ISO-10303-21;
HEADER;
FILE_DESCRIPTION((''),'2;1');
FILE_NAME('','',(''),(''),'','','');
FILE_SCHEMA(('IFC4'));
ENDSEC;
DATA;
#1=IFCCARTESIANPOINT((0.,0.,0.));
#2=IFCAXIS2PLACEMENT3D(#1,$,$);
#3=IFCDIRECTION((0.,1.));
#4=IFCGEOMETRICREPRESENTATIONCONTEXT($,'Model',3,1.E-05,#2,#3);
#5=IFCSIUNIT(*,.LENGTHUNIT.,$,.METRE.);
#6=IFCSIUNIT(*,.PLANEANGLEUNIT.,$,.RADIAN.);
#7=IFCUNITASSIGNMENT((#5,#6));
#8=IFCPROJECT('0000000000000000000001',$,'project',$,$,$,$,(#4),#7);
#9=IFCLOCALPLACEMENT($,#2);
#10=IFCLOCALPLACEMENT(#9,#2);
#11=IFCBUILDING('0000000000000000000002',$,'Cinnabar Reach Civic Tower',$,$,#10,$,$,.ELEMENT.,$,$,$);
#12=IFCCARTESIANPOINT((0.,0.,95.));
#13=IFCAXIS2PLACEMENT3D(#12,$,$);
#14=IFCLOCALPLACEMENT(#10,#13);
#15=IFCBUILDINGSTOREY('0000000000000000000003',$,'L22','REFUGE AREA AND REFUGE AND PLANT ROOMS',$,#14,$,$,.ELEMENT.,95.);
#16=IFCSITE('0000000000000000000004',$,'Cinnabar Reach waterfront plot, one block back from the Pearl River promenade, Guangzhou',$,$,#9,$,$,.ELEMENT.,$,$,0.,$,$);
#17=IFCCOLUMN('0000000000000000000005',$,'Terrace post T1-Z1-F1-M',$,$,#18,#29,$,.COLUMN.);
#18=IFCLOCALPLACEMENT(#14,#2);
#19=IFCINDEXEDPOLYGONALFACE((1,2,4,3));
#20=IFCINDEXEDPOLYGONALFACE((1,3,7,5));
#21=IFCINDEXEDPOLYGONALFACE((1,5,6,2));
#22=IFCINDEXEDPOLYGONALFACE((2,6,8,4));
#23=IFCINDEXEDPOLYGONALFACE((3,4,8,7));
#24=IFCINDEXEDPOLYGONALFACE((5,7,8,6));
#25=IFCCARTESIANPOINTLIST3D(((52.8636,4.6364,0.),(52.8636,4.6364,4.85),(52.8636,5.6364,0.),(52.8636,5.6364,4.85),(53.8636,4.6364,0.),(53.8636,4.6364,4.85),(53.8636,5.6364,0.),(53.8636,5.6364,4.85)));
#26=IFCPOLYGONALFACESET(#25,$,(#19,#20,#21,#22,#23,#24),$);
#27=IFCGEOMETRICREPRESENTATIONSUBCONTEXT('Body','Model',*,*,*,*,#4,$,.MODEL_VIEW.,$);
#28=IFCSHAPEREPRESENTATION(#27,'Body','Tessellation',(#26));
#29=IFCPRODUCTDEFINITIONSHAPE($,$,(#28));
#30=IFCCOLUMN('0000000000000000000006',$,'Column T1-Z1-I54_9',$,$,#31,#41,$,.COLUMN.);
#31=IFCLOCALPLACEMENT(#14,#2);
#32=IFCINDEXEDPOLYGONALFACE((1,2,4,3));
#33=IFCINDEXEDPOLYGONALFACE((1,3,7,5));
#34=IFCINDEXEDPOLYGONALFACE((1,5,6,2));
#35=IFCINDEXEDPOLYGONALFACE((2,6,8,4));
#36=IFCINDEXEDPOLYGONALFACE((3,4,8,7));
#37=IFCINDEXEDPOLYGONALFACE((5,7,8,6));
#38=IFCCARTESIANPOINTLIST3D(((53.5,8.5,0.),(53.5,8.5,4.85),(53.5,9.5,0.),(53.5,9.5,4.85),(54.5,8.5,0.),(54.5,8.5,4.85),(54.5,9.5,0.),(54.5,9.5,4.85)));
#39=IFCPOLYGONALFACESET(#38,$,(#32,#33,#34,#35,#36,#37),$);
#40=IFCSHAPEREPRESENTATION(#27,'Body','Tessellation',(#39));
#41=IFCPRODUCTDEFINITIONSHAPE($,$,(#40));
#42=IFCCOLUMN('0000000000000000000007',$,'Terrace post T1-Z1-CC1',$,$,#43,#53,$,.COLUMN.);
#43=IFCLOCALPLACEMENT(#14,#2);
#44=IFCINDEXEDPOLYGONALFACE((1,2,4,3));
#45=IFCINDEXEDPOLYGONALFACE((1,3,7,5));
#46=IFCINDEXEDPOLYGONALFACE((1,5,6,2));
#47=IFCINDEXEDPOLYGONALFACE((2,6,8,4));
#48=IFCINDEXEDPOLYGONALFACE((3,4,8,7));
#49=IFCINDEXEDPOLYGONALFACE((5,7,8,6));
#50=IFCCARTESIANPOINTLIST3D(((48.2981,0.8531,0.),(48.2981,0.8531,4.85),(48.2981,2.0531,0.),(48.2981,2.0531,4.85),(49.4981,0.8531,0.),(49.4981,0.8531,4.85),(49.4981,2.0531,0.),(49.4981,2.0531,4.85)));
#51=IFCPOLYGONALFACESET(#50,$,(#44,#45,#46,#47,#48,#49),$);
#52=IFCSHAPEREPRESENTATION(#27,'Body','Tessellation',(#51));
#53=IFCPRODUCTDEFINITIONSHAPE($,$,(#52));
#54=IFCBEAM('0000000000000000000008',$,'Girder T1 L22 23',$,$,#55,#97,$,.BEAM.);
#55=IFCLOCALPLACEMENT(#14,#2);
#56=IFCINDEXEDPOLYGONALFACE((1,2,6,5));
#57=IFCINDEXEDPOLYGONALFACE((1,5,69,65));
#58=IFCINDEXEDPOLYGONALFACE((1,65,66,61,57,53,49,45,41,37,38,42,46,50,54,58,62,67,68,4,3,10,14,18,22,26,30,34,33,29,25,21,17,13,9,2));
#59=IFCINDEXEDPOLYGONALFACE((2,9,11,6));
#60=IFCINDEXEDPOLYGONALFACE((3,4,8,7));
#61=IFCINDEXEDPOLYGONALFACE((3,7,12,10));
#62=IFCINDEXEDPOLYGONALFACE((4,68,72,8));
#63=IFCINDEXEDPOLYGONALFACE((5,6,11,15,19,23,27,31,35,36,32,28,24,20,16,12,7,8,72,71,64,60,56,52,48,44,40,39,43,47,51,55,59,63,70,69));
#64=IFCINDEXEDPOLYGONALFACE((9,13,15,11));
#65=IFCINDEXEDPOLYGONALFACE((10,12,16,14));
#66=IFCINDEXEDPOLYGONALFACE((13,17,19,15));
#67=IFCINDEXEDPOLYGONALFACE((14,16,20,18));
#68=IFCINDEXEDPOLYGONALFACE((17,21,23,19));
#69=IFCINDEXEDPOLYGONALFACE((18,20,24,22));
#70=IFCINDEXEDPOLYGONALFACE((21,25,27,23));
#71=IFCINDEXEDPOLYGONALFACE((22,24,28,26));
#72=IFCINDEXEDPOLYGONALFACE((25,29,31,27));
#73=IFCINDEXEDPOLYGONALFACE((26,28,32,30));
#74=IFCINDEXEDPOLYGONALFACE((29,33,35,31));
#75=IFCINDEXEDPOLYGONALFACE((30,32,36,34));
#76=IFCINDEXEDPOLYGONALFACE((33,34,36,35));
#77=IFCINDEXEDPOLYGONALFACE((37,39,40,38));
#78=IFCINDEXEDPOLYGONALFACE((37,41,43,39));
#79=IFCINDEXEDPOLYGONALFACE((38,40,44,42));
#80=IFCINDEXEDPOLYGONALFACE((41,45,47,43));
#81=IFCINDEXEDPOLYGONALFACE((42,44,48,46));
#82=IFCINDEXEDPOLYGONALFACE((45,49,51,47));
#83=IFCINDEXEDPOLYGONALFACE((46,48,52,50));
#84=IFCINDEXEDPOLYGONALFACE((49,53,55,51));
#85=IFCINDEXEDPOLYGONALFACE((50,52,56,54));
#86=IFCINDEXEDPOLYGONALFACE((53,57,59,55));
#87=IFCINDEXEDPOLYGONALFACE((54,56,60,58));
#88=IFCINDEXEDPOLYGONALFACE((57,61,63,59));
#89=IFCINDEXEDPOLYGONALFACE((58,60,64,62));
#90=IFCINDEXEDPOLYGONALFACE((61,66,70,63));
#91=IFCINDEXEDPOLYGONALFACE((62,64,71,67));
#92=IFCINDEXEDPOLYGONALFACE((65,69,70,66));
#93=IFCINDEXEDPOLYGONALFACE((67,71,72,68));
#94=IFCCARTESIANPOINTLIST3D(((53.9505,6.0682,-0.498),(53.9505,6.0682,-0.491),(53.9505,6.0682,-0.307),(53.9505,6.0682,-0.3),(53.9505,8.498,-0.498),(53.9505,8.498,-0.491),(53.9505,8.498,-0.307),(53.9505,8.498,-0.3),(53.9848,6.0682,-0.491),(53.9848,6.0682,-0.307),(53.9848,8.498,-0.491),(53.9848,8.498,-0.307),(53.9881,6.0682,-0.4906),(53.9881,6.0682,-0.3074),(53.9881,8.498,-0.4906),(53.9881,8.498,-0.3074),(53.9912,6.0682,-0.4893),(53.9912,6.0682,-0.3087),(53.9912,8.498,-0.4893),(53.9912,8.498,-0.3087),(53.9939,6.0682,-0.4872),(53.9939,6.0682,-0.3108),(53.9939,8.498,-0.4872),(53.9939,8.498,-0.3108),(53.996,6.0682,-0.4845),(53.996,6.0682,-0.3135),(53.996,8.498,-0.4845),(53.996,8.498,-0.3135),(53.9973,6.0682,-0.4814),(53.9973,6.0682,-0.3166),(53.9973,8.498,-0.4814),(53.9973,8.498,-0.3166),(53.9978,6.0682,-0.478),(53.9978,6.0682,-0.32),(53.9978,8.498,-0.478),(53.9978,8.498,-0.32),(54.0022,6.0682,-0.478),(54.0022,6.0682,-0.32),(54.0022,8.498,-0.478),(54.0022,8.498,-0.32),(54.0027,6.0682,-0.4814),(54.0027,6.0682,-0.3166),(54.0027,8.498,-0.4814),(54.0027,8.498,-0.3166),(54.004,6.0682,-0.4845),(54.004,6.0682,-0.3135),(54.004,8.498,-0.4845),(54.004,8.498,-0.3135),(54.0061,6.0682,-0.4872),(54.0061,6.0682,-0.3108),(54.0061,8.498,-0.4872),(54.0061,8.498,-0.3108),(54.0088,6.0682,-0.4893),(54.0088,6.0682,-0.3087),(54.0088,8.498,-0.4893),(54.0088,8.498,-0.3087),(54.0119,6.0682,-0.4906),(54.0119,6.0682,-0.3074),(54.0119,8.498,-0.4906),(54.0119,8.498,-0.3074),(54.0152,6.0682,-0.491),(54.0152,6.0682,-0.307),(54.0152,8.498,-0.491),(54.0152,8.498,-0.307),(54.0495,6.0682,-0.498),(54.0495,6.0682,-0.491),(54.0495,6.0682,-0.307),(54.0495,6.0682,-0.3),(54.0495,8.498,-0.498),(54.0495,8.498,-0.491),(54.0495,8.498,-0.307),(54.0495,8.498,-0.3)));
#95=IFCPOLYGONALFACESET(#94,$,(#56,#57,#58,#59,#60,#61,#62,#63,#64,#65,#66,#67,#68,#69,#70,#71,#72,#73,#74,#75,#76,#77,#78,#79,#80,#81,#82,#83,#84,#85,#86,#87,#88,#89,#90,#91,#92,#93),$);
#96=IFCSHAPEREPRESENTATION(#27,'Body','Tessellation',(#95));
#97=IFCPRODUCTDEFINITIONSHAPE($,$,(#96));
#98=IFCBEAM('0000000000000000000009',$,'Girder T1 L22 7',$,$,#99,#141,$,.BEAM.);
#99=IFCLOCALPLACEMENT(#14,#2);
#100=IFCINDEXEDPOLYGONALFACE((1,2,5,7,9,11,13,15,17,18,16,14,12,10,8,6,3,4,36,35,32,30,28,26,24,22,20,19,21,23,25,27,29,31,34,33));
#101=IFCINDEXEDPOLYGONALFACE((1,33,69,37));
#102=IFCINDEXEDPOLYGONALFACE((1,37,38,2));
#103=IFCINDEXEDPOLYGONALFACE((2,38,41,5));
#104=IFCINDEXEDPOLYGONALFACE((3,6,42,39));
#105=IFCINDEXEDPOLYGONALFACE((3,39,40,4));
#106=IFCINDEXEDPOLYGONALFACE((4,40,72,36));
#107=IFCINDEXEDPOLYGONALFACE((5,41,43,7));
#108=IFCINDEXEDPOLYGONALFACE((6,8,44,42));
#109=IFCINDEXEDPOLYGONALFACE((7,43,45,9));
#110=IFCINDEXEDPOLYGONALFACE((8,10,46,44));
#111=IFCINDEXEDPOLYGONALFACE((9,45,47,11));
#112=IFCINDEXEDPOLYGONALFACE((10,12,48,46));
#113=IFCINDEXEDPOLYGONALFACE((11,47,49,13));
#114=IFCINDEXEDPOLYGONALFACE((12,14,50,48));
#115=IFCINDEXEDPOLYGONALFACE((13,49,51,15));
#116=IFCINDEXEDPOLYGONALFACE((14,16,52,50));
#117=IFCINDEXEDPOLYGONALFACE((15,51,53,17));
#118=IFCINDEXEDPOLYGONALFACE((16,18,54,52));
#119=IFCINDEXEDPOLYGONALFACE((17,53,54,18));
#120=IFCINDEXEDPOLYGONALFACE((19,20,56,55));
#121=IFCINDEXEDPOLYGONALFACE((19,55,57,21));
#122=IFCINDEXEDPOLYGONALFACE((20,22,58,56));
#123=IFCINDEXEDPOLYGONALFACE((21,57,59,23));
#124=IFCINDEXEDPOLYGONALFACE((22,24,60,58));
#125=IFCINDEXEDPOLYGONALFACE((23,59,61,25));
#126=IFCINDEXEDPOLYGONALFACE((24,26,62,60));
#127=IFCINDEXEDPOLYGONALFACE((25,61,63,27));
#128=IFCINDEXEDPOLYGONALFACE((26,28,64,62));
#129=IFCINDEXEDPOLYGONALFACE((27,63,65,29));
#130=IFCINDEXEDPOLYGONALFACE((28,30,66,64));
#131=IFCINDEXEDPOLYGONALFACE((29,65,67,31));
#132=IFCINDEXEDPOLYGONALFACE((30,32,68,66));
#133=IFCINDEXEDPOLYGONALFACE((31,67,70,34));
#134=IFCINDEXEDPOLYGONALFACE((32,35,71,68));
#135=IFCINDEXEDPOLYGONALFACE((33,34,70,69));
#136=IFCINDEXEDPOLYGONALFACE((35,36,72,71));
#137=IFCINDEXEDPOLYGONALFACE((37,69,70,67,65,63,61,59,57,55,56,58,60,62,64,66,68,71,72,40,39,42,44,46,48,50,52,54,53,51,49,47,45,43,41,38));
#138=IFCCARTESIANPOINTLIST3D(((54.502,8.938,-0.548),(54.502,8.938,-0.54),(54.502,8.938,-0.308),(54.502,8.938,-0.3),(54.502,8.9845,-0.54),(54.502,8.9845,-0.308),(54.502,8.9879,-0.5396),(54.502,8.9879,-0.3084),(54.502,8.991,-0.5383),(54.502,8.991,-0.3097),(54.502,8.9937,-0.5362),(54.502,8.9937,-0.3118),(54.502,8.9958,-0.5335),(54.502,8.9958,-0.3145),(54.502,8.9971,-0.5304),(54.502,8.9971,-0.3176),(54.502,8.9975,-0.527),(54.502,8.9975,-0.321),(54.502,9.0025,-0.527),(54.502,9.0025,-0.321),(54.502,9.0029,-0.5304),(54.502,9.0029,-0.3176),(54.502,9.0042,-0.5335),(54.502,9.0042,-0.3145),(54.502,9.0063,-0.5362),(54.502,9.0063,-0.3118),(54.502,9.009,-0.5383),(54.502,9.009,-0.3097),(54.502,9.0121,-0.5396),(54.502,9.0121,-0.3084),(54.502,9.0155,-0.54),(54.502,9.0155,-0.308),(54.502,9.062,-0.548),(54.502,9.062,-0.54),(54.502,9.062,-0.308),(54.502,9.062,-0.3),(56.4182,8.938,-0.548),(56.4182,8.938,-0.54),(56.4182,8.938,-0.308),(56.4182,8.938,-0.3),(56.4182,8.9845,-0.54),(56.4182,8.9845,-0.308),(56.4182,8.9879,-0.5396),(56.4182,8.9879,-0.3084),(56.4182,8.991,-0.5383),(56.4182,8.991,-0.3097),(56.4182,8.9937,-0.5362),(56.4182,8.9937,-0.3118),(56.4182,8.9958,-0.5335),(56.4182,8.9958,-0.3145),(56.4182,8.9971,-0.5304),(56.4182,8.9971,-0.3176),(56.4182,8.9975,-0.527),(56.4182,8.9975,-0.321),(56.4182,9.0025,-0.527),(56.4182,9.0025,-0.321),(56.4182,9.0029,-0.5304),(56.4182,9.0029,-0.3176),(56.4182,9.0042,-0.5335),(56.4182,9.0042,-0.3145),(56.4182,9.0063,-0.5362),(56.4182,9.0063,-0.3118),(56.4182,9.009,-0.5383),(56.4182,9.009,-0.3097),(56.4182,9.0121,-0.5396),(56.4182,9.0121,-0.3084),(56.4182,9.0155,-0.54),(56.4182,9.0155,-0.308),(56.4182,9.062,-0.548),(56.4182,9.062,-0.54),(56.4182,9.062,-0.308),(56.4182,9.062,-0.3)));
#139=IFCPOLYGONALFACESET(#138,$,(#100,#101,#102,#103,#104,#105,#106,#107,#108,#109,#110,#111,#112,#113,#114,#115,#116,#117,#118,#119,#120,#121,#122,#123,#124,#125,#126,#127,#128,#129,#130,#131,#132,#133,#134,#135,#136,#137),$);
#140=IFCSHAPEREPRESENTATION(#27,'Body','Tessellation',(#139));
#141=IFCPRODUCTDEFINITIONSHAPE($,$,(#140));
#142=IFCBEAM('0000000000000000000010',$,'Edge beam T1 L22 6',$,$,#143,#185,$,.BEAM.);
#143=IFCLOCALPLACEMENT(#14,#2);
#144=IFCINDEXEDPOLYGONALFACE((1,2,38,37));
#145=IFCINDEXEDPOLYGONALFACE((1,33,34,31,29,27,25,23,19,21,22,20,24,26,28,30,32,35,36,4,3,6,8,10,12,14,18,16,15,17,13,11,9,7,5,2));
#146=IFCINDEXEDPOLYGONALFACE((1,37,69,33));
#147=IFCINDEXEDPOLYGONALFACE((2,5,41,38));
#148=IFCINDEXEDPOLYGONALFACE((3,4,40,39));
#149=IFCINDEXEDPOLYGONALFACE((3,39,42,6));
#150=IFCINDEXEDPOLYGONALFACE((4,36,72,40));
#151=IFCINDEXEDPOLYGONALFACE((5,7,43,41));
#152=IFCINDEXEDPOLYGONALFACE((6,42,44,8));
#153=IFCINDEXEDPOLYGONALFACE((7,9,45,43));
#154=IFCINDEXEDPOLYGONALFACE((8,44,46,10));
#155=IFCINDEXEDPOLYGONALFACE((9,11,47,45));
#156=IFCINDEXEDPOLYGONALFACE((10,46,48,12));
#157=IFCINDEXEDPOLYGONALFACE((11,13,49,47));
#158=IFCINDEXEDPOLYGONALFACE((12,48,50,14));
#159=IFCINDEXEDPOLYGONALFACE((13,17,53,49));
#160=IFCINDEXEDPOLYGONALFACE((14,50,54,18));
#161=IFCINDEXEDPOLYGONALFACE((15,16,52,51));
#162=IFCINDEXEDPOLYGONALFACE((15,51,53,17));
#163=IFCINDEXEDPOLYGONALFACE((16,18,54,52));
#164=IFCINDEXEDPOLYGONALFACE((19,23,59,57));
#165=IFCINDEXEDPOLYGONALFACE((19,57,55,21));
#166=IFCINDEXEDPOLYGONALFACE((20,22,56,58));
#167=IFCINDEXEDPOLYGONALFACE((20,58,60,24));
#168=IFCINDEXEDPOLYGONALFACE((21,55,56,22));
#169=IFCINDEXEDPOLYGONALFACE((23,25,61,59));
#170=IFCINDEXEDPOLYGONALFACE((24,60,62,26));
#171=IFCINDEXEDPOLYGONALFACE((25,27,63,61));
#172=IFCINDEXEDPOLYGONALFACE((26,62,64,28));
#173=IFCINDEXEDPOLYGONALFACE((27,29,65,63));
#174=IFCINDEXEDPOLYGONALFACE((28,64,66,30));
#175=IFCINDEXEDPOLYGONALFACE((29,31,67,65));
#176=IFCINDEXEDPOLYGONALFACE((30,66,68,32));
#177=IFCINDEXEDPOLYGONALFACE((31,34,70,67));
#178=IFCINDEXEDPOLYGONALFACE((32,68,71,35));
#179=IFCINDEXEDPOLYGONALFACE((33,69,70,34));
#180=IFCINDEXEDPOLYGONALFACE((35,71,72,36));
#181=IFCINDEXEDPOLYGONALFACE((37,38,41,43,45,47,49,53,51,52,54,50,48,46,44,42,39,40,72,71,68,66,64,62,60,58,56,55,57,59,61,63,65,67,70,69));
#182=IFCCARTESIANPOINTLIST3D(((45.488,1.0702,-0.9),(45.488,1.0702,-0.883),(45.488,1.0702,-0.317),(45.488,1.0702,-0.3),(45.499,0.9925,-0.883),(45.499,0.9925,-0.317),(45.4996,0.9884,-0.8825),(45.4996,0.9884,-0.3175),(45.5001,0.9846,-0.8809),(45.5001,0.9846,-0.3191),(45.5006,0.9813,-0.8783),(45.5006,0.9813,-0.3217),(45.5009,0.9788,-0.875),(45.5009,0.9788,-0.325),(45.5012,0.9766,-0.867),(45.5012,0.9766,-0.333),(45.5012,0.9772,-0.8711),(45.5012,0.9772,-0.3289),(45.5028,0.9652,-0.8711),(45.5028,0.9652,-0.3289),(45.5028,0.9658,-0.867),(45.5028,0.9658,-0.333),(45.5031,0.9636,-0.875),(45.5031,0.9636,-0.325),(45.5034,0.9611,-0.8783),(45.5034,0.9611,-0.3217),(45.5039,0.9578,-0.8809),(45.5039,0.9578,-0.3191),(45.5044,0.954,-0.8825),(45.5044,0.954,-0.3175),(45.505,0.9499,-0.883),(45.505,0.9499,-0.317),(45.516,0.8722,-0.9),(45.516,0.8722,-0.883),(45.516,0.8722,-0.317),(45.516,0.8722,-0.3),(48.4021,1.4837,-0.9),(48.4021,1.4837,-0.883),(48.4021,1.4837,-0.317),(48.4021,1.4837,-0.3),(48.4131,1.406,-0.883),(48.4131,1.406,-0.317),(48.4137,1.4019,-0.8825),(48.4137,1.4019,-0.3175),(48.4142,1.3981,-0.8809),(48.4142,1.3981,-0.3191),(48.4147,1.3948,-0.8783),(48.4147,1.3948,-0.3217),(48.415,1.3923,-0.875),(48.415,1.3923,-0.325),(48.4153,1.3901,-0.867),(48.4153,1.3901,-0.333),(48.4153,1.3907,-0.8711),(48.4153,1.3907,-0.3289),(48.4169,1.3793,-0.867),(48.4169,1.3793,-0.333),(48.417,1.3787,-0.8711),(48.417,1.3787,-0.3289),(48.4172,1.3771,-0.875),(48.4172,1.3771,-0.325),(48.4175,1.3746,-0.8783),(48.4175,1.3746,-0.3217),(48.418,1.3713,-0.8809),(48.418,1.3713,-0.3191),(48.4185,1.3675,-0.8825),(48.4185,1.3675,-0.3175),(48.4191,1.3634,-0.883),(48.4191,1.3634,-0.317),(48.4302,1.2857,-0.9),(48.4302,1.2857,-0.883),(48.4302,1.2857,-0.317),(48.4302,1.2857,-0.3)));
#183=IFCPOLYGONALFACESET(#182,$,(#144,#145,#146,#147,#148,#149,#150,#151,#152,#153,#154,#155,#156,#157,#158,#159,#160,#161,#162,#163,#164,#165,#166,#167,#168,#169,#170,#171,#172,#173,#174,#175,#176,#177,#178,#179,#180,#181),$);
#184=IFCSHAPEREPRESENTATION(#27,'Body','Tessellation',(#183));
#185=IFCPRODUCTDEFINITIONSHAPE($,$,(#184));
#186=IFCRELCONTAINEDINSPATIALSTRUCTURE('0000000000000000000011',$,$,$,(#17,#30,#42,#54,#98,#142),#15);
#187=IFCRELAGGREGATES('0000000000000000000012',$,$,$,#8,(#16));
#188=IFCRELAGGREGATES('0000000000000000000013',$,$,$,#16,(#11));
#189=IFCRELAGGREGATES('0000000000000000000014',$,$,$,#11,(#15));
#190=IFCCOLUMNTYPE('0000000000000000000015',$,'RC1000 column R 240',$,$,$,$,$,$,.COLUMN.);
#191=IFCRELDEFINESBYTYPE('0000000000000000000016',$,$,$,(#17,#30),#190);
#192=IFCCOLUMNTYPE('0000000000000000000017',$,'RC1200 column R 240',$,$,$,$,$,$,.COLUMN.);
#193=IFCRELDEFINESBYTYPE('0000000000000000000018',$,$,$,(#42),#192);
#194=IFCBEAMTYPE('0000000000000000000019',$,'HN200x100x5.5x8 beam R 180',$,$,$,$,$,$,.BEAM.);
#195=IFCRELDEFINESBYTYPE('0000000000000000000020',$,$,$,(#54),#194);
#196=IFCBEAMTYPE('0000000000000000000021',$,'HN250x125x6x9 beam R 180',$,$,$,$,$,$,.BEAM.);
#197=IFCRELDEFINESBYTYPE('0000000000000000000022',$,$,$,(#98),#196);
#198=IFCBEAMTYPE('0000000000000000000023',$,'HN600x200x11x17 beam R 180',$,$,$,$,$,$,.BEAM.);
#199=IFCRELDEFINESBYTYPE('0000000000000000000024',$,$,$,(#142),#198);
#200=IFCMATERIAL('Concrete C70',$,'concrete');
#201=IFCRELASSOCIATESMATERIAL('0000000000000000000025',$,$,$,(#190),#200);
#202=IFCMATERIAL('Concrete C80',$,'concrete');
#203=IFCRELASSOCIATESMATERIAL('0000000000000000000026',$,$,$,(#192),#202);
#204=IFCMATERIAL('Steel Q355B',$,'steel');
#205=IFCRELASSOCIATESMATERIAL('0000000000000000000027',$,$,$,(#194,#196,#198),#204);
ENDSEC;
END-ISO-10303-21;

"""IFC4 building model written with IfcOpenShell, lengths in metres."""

from ifc_helpers import new_model, si_unit, direction, frame, origin, origin_2d, place, context, subcontext, project, spatial, rectangle, i_section, extrude, material, material_profile, profile_set, type_object, element, save


model = new_model("IFC4")

# Units and contexts
model_context = context("Model", 3, precision=1e-05, world=origin(), true_north=direction((0.0, 1.0)))
body_context = subcontext(model_context, "Body", "Model", "MODEL_VIEW")
ifc_project = project(units=[si_unit("LENGTHUNIT", "METRE"), si_unit("PLANEANGLEUNIT", "RADIAN")], contexts=[model_context])

# Site, building, storey
site_placement = place(None, origin())
site = spatial("IfcSite", under=ifc_project, at=site_placement, Name="Cinnabar Reach waterfront plot, one block back from the Pearl River promenade, Guangzhou", CompositionType="ELEMENT", RefElevation=0.0)
building_placement = place(site_placement, origin())
building = spatial("IfcBuilding", under=site, at=building_placement, Name="Cinnabar Reach Civic Tower", CompositionType="ELEMENT")
storey_placement = place(building_placement, frame((0.0, 0.0, 95.0)))
storey = spatial("IfcBuildingStorey", under=building, at=storey_placement, Name="L22", Description="REFUGE AREA AND REFUGE AND PLANT ROOMS", CompositionType="ELEMENT", Elevation=95.0)

# Columns
ifc_material_1 = material(Name="Concrete C70", Category="concrete")
ifc_material_profile_1 = material_profile(ifc_material_1, rectangle(XDim=1.0, YDim=1.0, at=origin_2d()), Name="RC1000")
ifc_profile_set_1 = profile_set([ifc_material_profile_1], Name="Concrete C70")
column_type_1 = type_object("IfcColumnType", Name="RC1000 column R 240", PredefinedType="COLUMN", material=ifc_profile_set_1)
for number, where, z_axis, x_axis, name in (
    (1, (53.3636, 5.1364, 0.0), (0.0, 0.0, 1.0), (1.0, 0.0, 0.0), "Terrace post T1-Z1-F1-M"),
    (2, (54.0, 9.0, 0.0), (0.0, 0.0, 1.0), (1.0, 0.0, 0.0), "Column T1-Z1-I54_9"),
):
    element("IfcColumn", number, at=place(storey_placement, frame(where, z_axis=z_axis, x_axis=x_axis)), inside=storey, type_object=column_type_1, Name=name, PredefinedType="COLUMN", context=body_context, shape_type="SweptSolid", body=[
        extrude(rectangle(XDim=1.0, YDim=1.0, at=origin_2d()), origin(), (0.0, 0.0, 1.0), 4.85),
    ])
ifc_material_2 = material(Name="Concrete C80", Category="concrete")
ifc_material_profile_2 = material_profile(ifc_material_2, rectangle(XDim=1.2, YDim=1.2, at=origin_2d()), Name="RC1200")
ifc_profile_set_2 = profile_set([ifc_material_profile_2], Name="Concrete C80")
column_type_2 = type_object("IfcColumnType", Name="RC1200 column R 240", PredefinedType="COLUMN", material=ifc_profile_set_2)
column_placement = place(storey_placement, frame((48.8981, 1.4531, 0.0), z_axis=(0.0, 0.0, 1.0), x_axis=(1.0, 0.0, 0.0)))
element("IfcColumn", 3, at=column_placement, inside=storey, type_object=column_type_2, Name="Terrace post T1-Z1-CC1", PredefinedType="COLUMN", context=body_context, shape_type="SweptSolid", body=[
    extrude(rectangle(XDim=1.2, YDim=1.2, at=origin_2d()), origin(), (0.0, 0.0, 1.0), 4.85),
])

# Beams
ifc_material_3 = material(Name="Steel Q355B", Category="steel")
ifc_material_profile_3 = material_profile(ifc_material_3, i_section(OverallWidth=0.099, OverallDepth=0.198, WebThickness=0.0045, FlangeThickness=0.007, FilletRadius=0.013, at=origin_2d()), Name="HN200x100x5.5x8")
ifc_profile_set_3 = profile_set([ifc_material_profile_3], Name="Steel Q355B")
beam_type_1 = type_object("IfcBeamType", Name="HN200x100x5.5x8 beam R 180", PredefinedType="BEAM", material=ifc_profile_set_3)
beam_1_placement = place(storey_placement, frame((54.0, 6.0682, -0.399), z_axis=(0.0, 1.0, 0.0), x_axis=(-1.0, 0.0, 0.0)))
element("IfcBeam", 4, at=beam_1_placement, inside=storey, type_object=beam_type_1, Name="Girder T1 L22 23", PredefinedType="BEAM", context=body_context, shape_type="SweptSolid", body=[
    extrude(i_section(OverallWidth=0.099, OverallDepth=0.198, WebThickness=0.0045, FlangeThickness=0.007, FilletRadius=0.013, at=origin_2d()), origin(), (0.0, 0.0, 1.0), 2.4298),
])
ifc_material_profile_4 = material_profile(ifc_material_3, i_section(OverallWidth=0.124, OverallDepth=0.248, WebThickness=0.005, FlangeThickness=0.008, FilletRadius=0.013, at=origin_2d()), Name="HN250x125x6x9")
ifc_profile_set_4 = profile_set([ifc_material_profile_4], Name="Steel Q355B")
beam_type_2 = type_object("IfcBeamType", Name="HN250x125x6x9 beam R 180", PredefinedType="BEAM", material=ifc_profile_set_4)
beam_2_placement = place(storey_placement, frame((54.502, 9.0, -0.424), z_axis=(1.0, 0.0, 0.0), x_axis=(0.0, 1.0, 0.0)))
element("IfcBeam", 5, at=beam_2_placement, inside=storey, type_object=beam_type_2, Name="Girder T1 L22 7", PredefinedType="BEAM", context=body_context, shape_type="SweptSolid", body=[
    extrude(i_section(OverallWidth=0.124, OverallDepth=0.248, WebThickness=0.005, FlangeThickness=0.008, FilletRadius=0.013, at=origin_2d()), origin(), (0.0, 0.0, 1.0), 1.9162),
])
ifc_material_profile_5 = material_profile(ifc_material_3, i_section(OverallWidth=0.2, OverallDepth=0.6, WebThickness=0.011, FlangeThickness=0.017, FilletRadius=0.016, at=origin_2d()), Name="HN600x200x11x17")
ifc_profile_set_5 = profile_set([ifc_material_profile_5], Name="Steel Q355B")
beam_type_3 = type_object("IfcBeamType", Name="HN600x200x11x17 beam R 180", PredefinedType="BEAM", material=ifc_profile_set_5)
beam_3_placement = place(storey_placement, frame((45.502, 0.9712, -0.6), z_axis=(0.990082, 0.140489, 0.0), x_axis=(-0.140489, 0.990082, 0.0)))
element("IfcBeam", 6, at=beam_3_placement, inside=storey, type_object=beam_type_3, Name="Edge beam T1 L22 6", PredefinedType="BEAM", context=body_context, shape_type="SweptSolid", body=[
    extrude(i_section(OverallWidth=0.2, OverallDepth=0.6, WebThickness=0.011, FlangeThickness=0.017, FilletRadius=0.016, at=origin_2d()), origin(), (0.0, 0.0, 1.0), 2.9433),
])

save(model, "model.ifc")
